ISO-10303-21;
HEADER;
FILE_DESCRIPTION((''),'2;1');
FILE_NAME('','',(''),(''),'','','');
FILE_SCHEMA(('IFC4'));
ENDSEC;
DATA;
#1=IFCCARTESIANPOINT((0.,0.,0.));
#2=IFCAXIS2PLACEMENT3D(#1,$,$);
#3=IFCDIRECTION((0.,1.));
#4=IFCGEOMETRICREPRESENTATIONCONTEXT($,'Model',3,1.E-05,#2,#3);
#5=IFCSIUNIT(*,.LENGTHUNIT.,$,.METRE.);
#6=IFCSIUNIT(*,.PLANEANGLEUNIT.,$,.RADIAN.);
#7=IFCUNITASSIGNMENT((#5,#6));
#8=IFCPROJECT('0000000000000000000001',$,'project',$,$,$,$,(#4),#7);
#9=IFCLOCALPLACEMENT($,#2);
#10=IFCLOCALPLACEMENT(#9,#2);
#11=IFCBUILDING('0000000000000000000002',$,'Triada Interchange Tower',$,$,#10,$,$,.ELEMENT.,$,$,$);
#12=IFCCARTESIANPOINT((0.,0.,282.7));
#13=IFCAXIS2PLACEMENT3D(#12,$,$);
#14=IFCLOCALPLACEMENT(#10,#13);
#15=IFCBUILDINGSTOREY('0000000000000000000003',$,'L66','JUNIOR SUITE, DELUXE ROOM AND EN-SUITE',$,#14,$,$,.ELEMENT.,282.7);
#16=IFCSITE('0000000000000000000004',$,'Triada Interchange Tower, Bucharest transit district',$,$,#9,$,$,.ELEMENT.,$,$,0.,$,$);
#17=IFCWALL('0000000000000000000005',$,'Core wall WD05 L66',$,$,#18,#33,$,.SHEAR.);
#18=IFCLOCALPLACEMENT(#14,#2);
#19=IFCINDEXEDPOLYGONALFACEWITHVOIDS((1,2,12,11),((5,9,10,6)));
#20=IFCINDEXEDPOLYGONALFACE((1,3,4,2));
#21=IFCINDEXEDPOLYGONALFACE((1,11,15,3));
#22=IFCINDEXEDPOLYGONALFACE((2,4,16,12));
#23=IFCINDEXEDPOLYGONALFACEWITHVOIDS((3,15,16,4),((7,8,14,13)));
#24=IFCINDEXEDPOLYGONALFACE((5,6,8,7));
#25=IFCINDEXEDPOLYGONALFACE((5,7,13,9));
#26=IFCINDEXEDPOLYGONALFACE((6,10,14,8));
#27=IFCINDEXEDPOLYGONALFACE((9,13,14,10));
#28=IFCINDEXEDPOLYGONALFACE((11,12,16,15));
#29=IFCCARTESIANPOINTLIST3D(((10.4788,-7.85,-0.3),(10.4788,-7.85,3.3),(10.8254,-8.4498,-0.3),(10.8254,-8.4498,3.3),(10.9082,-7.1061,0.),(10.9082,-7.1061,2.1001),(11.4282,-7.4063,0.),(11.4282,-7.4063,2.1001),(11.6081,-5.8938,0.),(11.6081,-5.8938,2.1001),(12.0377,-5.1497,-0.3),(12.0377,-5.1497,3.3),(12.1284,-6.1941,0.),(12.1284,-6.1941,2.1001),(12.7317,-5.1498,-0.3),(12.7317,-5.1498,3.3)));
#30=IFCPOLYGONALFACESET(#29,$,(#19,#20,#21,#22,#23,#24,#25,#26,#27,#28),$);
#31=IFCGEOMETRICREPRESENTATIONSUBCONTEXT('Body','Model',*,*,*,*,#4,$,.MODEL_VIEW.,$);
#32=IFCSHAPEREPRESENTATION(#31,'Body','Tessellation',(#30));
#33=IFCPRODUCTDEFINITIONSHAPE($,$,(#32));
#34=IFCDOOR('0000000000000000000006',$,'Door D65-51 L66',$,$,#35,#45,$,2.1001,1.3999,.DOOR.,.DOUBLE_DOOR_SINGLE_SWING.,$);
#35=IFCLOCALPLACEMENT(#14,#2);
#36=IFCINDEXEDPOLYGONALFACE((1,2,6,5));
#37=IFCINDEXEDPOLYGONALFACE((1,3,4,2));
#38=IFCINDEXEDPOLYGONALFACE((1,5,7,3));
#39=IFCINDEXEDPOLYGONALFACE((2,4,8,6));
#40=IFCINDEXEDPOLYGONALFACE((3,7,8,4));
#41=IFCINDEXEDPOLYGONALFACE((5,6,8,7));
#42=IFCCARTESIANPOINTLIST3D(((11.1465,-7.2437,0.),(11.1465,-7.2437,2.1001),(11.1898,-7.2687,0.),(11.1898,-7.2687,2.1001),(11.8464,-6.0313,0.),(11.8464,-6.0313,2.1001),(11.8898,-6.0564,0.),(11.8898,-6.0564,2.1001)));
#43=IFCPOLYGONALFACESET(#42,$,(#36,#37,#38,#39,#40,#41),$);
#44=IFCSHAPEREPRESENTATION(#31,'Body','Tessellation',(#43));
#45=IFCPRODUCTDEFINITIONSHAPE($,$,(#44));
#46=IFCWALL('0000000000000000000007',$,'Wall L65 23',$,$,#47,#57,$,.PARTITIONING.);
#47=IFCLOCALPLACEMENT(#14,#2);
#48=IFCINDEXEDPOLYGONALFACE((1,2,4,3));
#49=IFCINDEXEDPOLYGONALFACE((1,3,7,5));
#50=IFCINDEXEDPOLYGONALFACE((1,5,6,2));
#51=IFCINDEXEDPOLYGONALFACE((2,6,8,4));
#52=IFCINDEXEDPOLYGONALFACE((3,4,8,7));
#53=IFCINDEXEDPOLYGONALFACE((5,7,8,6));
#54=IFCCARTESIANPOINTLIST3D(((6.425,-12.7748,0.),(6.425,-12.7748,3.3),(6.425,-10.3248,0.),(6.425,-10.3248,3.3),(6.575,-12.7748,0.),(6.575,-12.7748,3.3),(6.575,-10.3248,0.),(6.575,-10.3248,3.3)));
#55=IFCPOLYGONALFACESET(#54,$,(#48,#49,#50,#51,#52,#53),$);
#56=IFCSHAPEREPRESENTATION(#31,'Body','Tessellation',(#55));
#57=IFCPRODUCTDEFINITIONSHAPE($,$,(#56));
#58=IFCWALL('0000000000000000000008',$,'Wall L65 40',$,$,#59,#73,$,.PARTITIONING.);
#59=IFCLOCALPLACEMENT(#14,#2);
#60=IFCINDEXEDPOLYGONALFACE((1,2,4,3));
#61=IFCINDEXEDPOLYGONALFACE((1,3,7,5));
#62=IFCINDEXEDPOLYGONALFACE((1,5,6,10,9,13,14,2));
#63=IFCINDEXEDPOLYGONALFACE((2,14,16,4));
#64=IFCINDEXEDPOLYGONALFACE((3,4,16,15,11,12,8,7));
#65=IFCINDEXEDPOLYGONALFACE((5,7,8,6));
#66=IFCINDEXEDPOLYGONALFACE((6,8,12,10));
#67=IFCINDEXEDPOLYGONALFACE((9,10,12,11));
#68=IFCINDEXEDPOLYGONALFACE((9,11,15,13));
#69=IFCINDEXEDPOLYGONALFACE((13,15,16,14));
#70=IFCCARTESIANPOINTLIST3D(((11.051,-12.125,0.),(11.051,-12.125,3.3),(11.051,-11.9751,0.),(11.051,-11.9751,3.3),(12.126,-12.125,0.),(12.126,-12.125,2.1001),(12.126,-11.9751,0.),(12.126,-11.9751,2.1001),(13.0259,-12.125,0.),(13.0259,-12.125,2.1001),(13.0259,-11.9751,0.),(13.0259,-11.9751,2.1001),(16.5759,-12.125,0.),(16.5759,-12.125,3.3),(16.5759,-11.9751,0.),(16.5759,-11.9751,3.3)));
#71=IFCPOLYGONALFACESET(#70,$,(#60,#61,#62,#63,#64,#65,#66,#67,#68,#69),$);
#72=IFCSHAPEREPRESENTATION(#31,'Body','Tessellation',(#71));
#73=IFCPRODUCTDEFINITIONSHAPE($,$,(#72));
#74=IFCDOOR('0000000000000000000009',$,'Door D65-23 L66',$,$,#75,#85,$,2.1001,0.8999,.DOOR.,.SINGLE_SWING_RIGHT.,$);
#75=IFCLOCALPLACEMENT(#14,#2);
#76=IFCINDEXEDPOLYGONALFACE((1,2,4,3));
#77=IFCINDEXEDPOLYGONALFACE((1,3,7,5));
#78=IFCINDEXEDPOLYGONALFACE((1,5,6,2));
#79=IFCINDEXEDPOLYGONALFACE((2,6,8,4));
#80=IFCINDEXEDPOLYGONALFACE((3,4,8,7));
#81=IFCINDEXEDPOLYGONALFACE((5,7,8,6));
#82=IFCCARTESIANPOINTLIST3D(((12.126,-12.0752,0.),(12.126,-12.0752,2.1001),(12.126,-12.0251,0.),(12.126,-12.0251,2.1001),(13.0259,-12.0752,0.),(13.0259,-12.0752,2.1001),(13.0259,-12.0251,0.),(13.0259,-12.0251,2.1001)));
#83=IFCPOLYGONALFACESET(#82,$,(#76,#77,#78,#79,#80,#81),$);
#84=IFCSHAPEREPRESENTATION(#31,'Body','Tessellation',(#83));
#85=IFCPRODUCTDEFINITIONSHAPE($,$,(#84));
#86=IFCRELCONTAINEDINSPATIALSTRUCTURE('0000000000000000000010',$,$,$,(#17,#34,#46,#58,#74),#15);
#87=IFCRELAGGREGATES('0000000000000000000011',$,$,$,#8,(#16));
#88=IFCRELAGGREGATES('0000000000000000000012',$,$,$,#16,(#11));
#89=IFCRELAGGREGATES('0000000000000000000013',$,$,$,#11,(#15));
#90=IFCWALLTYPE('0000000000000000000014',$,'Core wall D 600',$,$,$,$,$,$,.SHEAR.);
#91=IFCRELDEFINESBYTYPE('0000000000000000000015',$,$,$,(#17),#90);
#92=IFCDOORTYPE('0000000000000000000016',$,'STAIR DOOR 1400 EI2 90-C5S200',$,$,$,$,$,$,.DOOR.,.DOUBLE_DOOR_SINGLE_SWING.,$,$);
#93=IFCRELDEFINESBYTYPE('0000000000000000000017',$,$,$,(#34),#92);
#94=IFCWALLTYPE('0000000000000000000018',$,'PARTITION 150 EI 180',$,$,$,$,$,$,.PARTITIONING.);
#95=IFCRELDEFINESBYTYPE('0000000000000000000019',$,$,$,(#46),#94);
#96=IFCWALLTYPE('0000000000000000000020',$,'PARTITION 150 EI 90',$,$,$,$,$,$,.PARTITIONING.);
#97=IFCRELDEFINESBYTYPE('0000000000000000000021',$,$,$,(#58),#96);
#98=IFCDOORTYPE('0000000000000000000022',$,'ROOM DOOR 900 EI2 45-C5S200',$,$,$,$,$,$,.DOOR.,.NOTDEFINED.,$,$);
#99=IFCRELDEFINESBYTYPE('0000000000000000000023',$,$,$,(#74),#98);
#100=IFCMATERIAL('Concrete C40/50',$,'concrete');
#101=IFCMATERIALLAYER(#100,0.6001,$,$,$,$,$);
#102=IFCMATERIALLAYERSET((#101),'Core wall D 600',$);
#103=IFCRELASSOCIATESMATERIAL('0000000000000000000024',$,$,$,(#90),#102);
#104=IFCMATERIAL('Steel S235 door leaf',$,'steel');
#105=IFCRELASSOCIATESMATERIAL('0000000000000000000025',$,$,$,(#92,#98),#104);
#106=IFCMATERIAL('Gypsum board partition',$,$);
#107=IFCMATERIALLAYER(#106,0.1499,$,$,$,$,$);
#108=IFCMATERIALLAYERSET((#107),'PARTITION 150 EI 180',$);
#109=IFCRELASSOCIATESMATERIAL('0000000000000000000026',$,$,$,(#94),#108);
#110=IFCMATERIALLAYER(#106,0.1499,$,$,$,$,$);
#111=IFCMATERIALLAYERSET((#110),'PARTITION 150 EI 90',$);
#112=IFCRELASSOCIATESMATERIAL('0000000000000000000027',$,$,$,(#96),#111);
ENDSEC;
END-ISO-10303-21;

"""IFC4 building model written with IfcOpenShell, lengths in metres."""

from ifc_helpers import new_model, si_unit, direction, frame, frame_2d, origin, place, context, subcontext, project, spatial, polyline, rectangle, outline, extrude, material, layer, layer_set, type_object, element, fill, save


model = new_model("IFC4")

# Units and contexts
model_context = context("Model", 3, precision=1e-05, world=origin(), true_north=direction((0.0, 1.0)))
body_context = subcontext(model_context, "Body", "Model", "MODEL_VIEW")
ifc_project = project(units=[si_unit("LENGTHUNIT", "METRE"), si_unit("PLANEANGLEUNIT", "RADIAN")], contexts=[model_context])

# Site, building, storey
site_placement = place(None, origin())
site = spatial("IfcSite", under=ifc_project, at=site_placement, Name="Triada Interchange Tower, Bucharest transit district", CompositionType="ELEMENT", RefElevation=0.0)
building_placement = place(site_placement, origin())
building = spatial("IfcBuilding", under=site, at=building_placement, Name="Triada Interchange Tower", CompositionType="ELEMENT")
storey_placement = place(building_placement, frame((0.0, 0.0, 282.7)))
storey = spatial("IfcBuildingStorey", under=building, at=storey_placement, Name="L66", Description="JUNIOR SUITE, DELUXE ROOM AND EN-SUITE", CompositionType="ELEMENT", Elevation=282.7)

# Shared definitions
ifc_material_1 = material(Name="Steel S235 door leaf", Category="steel")

# Wall, opening, door
ifc_material_2 = material(Name="Concrete C40/50", Category="concrete")
ifc_layer_1 = layer(ifc_material_2, 0.6001)
ifc_layer_set_1 = layer_set([ifc_layer_1], Name="Core wall D 600")
wall_type_1 = type_object("IfcWallType", Name="Core wall D 600", PredefinedType="SHEAR", material=ifc_layer_set_1)
wall_1_placement = place(storey_placement, frame((10.6521, -8.1499, -0.3), z_axis=(0.0, 0.0, 1.0), x_axis=(0.499975, 0.86604, 0.0)))
wall_1 = element("IfcWall", 1, at=wall_1_placement, inside=storey, type_object=wall_type_1, Name="Core wall WD05 L66", PredefinedType="SHEAR", context=body_context, shape_type="SweptSolid", body=[
    extrude(outline(polyline([(-0.1731, -0.3), (1.7324, -0.3005), (3.6379, -0.301), (3.291, 0.3), (1.7319, 0.3), (0.1731, 0.3), (-0.1731, -0.3)])), origin(), (0.0, 0.0, 1.0), 3.6001),
])
opening_1_placement = place(wall_1_placement, frame((1.032, 0.0, 0.3)))
opening_1 = element("IfcOpeningElement", 2, at=opening_1_placement, cuts=wall_1, PredefinedType="OPENING", context=body_context, shape_type="SweptSolid", body=[
    extrude(rectangle(XDim=1.3999, YDim=2.1001, at=frame_2d((0.7, 1.05))), frame((0.0, 0.3101, 0.0), z_axis=(0.0, -1.0, 0.0), x_axis=(1.0, 0.0, 0.0)), (0.0, 0.0, 1.0), 0.6211),
])
door_type_1 = type_object("IfcDoorType", Name="STAIR DOOR 1400 EI2 90-C5S200", OperationType="DOUBLE_DOOR_SINGLE_SWING", PredefinedType="DOOR", material=ifc_material_1)
door_1_placement = place(opening_1_placement, origin())
door_1 = element("IfcDoor", 3, at=door_1_placement, inside=storey, type_object=door_type_1, Name="Door D65-51 L66", OperationType="DOUBLE_DOOR_SINGLE_SWING", OverallHeight=2.1001, OverallWidth=1.3999, PredefinedType="DOOR", context=body_context, shape_type="SweptSolid", body=[
    extrude(rectangle(XDim=1.3999, YDim=2.1001, at=frame_2d((0.7, 1.05))), frame((0.0, 0.0249, 0.0), z_axis=(0.0, -1.0, 0.0), x_axis=(1.0, 0.0, 0.0)), (0.0, 0.0, 1.0), 0.05),
])
fill(opening_1, door_1)

# Wall
ifc_material_3 = material(Name="Gypsum board partition")
ifc_layer_2 = layer(ifc_material_3, 0.1499)
ifc_layer_set_2 = layer_set([ifc_layer_2], Name="PARTITION 150 EI 180")
wall_type_2 = type_object("IfcWallType", Name="PARTITION 150 EI 180", PredefinedType="PARTITIONING", material=ifc_layer_set_2)
wall_2_placement = place(storey_placement, frame((6.5, -12.7749, 0.0), z_axis=(0.0, 0.0, 1.0), x_axis=(0.0, 1.0, 0.0)))
element("IfcWall", 4, at=wall_2_placement, inside=storey, type_object=wall_type_2, Name="Wall L65 23", PredefinedType="PARTITIONING", context=body_context, shape_type="SweptSolid", body=[
    extrude(rectangle(XDim=2.45, YDim=0.1499, at=frame_2d((1.2251, 0.0))), origin(), (0.0, 0.0, 1.0), 3.3),
])

# Wall, opening, door
ifc_layer_3 = layer(ifc_material_3, 0.1499)
ifc_layer_set_3 = layer_set([ifc_layer_3], Name="PARTITION 150 EI 90")
wall_type_3 = type_object("IfcWallType", Name="PARTITION 150 EI 90", PredefinedType="PARTITIONING", material=ifc_layer_set_3)
wall_3_placement = place(storey_placement, frame((11.051, -12.05, 0.0), z_axis=(0.0, 0.0, 1.0), x_axis=(1.0, 0.0, 0.0)))
wall_3 = element("IfcWall", 5, at=wall_3_placement, inside=storey, type_object=wall_type_3, Name="Wall L65 40", PredefinedType="PARTITIONING", context=body_context, shape_type="SweptSolid", body=[
    extrude(rectangle(XDim=5.5249, YDim=0.1499, at=frame_2d((2.7625, 0.0))), origin(), (0.0, 0.0, 1.0), 3.3),
])
opening_2_placement = place(wall_3_placement, frame((1.075, 0.0, 0.0)))
opening_2 = element("IfcOpeningElement", 6, at=opening_2_placement, cuts=wall_3, PredefinedType="OPENING", context=body_context, shape_type="SweptSolid", body=[
    extrude(rectangle(XDim=0.8999, YDim=2.1001, at=frame_2d((0.45, 1.05))), frame((0.0, 0.085, 0.0), z_axis=(0.0, -1.0, 0.0), x_axis=(1.0, 0.0, 0.0)), (0.0, 0.0, 1.0), 0.1699),
])
door_type_2 = type_object("IfcDoorType", Name="ROOM DOOR 900 EI2 45-C5S200", OperationType="NOTDEFINED", PredefinedType="DOOR", material=ifc_material_1)
door_2_placement = place(opening_2_placement, origin())
door_2 = element("IfcDoor", 7, at=door_2_placement, inside=storey, type_object=door_type_2, Name="Door D65-23 L66", OperationType="SINGLE_SWING_RIGHT", OverallHeight=2.1001, OverallWidth=0.8999, PredefinedType="DOOR", context=body_context, shape_type="SweptSolid", body=[
    extrude(rectangle(XDim=0.8999, YDim=2.1001, at=frame_2d((0.45, 1.05))), frame((0.0, 0.0249, 0.0), z_axis=(0.0, -1.0, 0.0), x_axis=(1.0, 0.0, 0.0)), (0.0, 0.0, 1.0), 0.05),
])
fill(opening_2, door_2)

save(model, "model.ifc")
